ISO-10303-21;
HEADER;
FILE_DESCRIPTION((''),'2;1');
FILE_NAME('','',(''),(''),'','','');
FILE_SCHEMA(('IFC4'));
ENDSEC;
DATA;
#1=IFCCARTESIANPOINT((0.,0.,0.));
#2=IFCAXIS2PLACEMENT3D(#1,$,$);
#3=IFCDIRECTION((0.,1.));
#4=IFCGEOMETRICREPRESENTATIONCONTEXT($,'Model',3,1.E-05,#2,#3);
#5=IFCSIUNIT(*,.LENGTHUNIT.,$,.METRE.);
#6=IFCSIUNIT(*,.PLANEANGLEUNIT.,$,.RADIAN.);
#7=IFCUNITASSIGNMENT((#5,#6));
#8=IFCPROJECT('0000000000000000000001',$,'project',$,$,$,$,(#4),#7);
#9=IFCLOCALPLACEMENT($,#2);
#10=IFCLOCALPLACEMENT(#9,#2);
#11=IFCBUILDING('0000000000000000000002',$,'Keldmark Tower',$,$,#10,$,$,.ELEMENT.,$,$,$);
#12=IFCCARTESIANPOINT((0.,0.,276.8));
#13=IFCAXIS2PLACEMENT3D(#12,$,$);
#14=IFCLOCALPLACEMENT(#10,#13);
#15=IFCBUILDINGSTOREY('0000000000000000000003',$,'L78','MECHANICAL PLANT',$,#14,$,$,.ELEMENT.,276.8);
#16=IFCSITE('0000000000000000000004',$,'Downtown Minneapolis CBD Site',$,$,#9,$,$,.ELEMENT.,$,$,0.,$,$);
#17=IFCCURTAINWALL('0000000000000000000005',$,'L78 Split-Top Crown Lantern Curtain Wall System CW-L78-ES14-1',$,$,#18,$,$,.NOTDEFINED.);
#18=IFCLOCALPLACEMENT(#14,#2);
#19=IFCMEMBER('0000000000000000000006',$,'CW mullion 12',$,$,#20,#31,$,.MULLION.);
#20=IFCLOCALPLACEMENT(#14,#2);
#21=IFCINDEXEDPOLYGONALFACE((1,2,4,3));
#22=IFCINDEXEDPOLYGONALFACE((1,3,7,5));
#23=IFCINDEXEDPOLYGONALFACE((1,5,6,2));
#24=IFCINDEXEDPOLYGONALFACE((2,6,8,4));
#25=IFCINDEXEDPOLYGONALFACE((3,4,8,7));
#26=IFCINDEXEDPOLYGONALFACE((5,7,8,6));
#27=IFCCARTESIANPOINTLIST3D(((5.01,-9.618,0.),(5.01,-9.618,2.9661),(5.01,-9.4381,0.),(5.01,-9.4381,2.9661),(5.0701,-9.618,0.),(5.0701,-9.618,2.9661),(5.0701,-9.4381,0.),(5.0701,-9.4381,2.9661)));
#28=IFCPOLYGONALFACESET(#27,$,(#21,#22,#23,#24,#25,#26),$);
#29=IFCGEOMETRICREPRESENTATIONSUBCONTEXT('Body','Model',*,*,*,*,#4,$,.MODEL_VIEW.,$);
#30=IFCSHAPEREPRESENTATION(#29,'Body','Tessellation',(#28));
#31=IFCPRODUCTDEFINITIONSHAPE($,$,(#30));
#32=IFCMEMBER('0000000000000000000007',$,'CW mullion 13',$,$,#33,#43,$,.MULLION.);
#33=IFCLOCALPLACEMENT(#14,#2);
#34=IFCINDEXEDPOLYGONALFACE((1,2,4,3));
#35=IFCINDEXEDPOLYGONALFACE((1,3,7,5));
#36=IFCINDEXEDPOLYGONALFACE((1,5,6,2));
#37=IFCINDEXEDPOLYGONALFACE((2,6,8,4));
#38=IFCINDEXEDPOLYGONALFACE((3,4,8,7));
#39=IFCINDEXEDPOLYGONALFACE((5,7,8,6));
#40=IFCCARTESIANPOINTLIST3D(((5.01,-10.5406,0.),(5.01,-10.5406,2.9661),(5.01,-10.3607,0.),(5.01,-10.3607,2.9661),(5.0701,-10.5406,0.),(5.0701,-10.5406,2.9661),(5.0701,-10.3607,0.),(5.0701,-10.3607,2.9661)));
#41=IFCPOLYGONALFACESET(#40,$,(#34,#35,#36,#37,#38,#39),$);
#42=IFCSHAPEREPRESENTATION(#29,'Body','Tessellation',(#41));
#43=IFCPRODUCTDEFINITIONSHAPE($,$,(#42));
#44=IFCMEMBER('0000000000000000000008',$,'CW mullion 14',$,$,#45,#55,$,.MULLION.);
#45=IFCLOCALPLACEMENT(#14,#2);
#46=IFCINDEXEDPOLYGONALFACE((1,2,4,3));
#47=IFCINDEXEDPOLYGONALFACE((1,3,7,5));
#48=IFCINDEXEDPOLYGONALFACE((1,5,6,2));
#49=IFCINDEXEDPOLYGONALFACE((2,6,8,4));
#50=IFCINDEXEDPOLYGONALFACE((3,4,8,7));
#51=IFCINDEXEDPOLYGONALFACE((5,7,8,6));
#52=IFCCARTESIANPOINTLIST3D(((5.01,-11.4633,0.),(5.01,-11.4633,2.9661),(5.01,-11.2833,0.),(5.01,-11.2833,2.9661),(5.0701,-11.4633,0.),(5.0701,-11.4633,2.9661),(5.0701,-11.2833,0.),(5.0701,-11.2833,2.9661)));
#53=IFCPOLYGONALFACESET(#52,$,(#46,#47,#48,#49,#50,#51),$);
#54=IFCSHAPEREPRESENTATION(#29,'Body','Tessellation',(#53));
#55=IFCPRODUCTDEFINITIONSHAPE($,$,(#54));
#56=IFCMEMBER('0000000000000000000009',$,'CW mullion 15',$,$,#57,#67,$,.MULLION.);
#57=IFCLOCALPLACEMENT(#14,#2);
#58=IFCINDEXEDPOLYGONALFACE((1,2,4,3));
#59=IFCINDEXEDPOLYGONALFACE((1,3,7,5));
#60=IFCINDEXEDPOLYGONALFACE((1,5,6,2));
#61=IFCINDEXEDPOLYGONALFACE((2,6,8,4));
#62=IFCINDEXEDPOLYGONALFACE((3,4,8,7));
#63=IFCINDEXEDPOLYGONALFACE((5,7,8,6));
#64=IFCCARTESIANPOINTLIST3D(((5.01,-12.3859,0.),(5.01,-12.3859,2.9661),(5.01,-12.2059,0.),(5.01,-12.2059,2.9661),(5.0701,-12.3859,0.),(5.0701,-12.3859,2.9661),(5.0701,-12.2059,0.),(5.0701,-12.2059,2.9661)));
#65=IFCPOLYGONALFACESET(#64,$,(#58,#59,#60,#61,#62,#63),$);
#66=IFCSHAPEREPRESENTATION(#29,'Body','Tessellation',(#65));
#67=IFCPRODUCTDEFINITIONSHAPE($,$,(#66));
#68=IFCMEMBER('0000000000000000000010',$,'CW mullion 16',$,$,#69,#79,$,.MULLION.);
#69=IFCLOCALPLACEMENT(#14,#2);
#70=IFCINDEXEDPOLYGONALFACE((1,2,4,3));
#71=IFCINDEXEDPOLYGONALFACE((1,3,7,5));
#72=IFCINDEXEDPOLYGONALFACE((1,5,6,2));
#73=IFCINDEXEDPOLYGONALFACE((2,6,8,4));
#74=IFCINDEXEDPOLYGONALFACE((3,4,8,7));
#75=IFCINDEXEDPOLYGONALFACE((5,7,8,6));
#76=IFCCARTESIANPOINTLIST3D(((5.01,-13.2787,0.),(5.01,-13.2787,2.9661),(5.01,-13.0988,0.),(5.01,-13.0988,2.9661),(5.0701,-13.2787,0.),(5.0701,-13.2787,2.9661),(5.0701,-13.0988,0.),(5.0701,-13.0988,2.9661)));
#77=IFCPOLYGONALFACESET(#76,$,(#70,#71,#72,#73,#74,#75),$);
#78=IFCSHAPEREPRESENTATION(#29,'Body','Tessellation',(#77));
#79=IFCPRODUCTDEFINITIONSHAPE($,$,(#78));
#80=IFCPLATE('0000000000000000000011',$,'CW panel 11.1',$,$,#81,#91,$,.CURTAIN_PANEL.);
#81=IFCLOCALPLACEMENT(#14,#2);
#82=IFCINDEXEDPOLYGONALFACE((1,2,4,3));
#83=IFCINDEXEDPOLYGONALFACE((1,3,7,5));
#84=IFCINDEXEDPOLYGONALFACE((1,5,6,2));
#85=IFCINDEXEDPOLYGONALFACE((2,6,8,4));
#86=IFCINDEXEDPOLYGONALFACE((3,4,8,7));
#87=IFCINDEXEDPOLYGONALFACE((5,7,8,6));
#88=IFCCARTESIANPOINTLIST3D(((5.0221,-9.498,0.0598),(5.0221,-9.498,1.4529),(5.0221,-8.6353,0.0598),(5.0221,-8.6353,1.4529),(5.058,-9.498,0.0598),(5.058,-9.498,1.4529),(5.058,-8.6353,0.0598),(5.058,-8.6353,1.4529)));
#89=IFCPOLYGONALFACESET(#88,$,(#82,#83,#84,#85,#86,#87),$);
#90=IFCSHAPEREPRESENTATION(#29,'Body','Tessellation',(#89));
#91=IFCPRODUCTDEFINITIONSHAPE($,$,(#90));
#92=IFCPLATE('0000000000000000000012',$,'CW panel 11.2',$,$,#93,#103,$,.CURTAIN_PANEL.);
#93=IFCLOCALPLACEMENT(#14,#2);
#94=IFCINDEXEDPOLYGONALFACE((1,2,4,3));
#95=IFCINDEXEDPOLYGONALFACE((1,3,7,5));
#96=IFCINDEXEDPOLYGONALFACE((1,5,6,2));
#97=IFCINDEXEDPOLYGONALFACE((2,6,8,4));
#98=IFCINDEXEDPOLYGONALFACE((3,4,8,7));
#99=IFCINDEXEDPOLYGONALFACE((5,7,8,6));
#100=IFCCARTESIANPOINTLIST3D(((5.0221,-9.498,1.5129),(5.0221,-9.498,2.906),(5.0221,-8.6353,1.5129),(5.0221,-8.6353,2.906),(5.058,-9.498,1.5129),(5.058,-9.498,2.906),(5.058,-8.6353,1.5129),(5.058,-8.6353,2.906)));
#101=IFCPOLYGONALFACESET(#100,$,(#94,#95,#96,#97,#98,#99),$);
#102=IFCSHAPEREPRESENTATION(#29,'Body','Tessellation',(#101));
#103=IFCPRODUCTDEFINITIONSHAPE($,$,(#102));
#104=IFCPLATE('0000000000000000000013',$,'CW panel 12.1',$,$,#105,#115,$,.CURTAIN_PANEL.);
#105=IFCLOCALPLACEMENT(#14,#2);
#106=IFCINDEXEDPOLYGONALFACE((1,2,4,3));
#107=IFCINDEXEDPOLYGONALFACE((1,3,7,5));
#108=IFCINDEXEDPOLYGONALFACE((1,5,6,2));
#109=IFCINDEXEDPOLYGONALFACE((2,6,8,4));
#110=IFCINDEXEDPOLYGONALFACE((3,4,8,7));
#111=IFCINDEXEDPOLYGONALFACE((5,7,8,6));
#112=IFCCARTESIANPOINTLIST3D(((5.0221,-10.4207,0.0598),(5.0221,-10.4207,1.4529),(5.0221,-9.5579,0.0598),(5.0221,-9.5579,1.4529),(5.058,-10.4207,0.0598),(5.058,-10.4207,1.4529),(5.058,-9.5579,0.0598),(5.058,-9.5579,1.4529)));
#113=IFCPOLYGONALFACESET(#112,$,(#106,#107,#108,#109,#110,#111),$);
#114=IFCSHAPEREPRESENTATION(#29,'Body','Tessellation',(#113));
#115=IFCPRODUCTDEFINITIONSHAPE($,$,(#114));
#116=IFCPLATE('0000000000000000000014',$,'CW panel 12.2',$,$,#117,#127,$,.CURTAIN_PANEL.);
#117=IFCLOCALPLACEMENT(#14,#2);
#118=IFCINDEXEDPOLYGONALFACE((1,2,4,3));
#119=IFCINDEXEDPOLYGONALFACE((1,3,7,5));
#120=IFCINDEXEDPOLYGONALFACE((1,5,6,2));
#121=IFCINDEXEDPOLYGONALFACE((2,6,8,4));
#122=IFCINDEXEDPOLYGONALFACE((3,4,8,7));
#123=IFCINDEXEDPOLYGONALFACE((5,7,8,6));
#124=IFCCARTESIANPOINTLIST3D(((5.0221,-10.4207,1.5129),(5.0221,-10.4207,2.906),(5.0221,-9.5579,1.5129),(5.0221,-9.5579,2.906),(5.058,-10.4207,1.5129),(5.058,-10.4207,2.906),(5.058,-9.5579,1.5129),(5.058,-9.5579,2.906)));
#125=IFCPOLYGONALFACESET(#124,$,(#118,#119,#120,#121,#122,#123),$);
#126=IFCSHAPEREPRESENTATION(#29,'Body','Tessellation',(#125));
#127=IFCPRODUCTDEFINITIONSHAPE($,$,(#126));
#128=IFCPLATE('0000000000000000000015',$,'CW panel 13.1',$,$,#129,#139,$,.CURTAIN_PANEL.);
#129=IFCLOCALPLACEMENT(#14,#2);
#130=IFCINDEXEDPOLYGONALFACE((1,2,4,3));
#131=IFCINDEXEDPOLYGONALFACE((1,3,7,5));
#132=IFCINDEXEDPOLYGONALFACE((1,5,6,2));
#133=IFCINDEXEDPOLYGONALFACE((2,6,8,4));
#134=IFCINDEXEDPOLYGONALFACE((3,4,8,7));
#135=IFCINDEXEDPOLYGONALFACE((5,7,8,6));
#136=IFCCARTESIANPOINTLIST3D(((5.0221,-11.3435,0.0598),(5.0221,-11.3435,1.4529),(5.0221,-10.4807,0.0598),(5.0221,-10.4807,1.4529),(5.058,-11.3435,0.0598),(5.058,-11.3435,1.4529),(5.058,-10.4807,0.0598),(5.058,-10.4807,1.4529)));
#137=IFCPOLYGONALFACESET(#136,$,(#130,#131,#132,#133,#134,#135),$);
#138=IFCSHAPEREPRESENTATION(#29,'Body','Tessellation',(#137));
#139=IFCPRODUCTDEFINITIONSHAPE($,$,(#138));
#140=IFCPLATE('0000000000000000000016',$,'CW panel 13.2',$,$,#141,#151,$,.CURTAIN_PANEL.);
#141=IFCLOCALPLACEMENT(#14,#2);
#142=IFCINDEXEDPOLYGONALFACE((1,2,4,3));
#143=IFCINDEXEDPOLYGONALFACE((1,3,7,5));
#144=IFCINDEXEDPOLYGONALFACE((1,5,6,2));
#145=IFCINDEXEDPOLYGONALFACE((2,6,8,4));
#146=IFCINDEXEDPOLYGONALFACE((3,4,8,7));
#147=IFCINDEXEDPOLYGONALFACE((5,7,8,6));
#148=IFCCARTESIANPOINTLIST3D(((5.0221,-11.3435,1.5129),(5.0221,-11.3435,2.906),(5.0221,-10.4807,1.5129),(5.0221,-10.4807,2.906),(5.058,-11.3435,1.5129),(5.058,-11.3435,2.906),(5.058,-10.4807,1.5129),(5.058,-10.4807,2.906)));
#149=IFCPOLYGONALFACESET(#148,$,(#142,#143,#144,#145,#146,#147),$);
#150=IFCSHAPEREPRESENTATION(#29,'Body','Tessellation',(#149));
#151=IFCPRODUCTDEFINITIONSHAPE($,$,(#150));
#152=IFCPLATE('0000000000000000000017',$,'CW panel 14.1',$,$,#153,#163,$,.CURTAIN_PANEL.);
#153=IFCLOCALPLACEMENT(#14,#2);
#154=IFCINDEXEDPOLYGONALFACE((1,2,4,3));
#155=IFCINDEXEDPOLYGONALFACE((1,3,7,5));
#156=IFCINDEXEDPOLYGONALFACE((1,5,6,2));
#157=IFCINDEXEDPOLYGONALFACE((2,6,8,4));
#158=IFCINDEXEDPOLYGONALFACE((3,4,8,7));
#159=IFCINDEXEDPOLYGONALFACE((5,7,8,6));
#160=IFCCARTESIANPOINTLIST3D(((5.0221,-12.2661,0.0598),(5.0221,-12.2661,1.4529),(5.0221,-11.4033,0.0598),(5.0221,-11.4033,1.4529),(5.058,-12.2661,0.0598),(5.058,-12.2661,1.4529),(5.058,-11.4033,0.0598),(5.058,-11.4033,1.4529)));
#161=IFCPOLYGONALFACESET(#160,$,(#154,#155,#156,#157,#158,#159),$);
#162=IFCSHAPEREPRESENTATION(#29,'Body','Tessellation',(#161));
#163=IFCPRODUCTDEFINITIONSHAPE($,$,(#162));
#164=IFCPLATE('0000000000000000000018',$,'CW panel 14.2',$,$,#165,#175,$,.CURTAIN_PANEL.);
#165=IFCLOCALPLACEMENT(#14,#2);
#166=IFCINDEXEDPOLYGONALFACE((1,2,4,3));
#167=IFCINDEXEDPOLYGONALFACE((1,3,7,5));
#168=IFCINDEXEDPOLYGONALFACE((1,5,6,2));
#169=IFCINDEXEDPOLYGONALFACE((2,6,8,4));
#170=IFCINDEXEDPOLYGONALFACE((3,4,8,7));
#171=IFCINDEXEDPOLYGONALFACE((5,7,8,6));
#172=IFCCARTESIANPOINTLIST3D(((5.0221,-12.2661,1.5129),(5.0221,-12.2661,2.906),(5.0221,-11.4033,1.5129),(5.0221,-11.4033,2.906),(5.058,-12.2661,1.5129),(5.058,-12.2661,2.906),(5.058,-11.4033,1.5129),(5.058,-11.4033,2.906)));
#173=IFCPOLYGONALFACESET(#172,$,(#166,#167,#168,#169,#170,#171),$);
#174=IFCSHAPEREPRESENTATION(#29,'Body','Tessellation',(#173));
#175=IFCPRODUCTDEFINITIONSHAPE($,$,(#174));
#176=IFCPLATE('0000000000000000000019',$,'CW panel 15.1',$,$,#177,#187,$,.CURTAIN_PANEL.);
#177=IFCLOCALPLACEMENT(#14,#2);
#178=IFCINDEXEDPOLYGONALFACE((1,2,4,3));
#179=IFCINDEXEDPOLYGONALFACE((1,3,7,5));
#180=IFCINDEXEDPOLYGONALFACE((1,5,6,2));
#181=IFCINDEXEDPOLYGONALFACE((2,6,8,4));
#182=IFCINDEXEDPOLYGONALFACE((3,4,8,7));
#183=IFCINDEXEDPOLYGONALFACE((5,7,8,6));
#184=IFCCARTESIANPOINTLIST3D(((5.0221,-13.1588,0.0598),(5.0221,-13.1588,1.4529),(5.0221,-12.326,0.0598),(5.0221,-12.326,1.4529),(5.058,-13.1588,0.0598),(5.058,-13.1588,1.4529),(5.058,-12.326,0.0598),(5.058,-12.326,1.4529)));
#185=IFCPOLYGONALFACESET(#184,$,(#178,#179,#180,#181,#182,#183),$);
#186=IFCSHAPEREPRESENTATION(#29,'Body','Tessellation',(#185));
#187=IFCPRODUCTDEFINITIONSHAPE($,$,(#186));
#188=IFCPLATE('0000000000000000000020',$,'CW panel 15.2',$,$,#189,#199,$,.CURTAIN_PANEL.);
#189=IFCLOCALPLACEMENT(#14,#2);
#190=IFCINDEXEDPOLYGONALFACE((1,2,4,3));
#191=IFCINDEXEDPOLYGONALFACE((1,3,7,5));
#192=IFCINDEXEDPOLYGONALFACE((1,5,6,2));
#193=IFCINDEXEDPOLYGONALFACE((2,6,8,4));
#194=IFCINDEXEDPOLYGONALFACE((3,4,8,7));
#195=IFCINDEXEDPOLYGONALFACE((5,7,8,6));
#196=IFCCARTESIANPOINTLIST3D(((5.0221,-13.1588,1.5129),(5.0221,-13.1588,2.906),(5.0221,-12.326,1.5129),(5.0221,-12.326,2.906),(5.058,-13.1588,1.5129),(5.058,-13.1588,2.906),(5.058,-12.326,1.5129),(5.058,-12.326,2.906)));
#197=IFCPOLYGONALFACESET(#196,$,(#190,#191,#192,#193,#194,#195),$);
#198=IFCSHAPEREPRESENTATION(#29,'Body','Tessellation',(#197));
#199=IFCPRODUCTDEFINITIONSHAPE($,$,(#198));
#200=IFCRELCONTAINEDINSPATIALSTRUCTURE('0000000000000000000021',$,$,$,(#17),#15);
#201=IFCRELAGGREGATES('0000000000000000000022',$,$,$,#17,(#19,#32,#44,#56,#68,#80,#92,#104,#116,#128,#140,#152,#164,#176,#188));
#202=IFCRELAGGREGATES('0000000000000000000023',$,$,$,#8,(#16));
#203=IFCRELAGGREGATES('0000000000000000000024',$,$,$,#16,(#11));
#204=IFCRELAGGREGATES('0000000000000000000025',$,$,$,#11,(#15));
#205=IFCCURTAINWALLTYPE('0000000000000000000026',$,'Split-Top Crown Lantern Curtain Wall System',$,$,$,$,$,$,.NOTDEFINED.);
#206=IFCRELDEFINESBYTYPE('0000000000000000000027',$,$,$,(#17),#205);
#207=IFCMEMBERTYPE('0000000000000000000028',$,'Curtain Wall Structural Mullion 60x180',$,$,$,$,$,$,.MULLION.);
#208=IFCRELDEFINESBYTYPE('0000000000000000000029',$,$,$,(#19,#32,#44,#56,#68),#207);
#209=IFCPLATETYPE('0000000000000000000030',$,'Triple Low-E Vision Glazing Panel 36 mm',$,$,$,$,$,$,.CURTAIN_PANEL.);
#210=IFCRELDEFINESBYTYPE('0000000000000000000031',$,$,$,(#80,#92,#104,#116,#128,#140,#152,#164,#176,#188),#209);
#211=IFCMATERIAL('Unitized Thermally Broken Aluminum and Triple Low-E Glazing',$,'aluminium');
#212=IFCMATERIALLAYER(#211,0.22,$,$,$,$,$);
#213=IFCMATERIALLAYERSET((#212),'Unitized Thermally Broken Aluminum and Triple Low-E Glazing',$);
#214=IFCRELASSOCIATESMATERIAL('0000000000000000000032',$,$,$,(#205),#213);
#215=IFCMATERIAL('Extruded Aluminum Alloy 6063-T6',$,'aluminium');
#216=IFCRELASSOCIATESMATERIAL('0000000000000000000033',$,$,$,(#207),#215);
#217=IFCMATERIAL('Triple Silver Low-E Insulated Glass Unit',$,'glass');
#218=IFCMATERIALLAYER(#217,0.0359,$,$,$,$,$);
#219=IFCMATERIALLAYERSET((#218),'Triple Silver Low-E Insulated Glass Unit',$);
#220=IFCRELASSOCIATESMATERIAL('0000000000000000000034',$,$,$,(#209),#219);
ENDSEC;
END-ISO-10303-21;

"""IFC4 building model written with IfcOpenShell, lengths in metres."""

from ifc_helpers import new_model, si_unit, direction, frame, origin, origin_2d, place, context, subcontext, project, spatial, rectangle, extrude, material, layer, layer_set, material_profile, profile_set, type_object, element, aggregate, save


model = new_model("IFC4")

# Units and contexts
model_context = context("Model", 3, precision=1e-05, world=origin(), true_north=direction((0.0, 1.0)))
body_context = subcontext(model_context, "Body", "Model", "MODEL_VIEW")
ifc_project = project(units=[si_unit("LENGTHUNIT", "METRE"), si_unit("PLANEANGLEUNIT", "RADIAN")], contexts=[model_context])

# Site, building, storey
site_placement = place(None, origin())
site = spatial("IfcSite", under=ifc_project, at=site_placement, Name="Downtown Minneapolis CBD Site", CompositionType="ELEMENT", RefElevation=0.0)
building_placement = place(site_placement, origin())
building = spatial("IfcBuilding", under=site, at=building_placement, Name="Keldmark Tower", CompositionType="ELEMENT")
storey_placement = place(building_placement, frame((0.0, 0.0, 276.8)))
storey = spatial("IfcBuildingStorey", under=building, at=storey_placement, Name="L78", Description="MECHANICAL PLANT", CompositionType="ELEMENT", Elevation=276.8)

# Curtain wall, members, plates
ifc_material_1 = material(Name="Unitized Thermally Broken Aluminum and Triple Low-E Glazing", Category="aluminium")
ifc_layer_1 = layer(ifc_material_1, 0.22)
ifc_layer_set_1 = layer_set([ifc_layer_1], Name="Unitized Thermally Broken Aluminum and Triple Low-E Glazing")
curtain_wall_type = type_object("IfcCurtainWallType", Name="Split-Top Crown Lantern Curtain Wall System", PredefinedType="NOTDEFINED", material=ifc_layer_set_1)
curtain_wall_placement = place(storey_placement, origin())
curtain_wall = element("IfcCurtainWall", 1, at=curtain_wall_placement, inside=storey, type_object=curtain_wall_type, Name="L78 Split-Top Crown Lantern Curtain Wall System CW-L78-ES14-1", PredefinedType="NOTDEFINED")
ifc_material_2 = material(Name="Extruded Aluminum Alloy 6063-T6", Category="aluminium")
ifc_material_profile_1 = material_profile(ifc_material_2, rectangle(XDim=0.0601, YDim=0.1799, at=origin_2d()), Name="CWM60X180")
ifc_profile_set_1 = profile_set([ifc_material_profile_1], Name="Extruded Aluminum Alloy 6063-T6")
member_type_1 = type_object("IfcMemberType", Name="Curtain Wall Structural Mullion 60x180", PredefinedType="MULLION", material=ifc_profile_set_1)
member_1_placement = place(storey_placement, frame((5.04, -9.5281, 0.0), z_axis=(0.0, 0.0, 1.0), x_axis=(1.0, 0.0, 0.0)))
member_1 = element("IfcMember", 2, at=member_1_placement, type_object=member_type_1, Name="CW mullion 12", PredefinedType="MULLION", context=body_context, shape_type="SweptSolid", body=[
    extrude(rectangle(XDim=0.0601, YDim=0.1799, at=origin_2d()), origin(), (0.0, 0.0, 1.0), 2.9661),
])
member_2_placement = place(storey_placement, frame((5.04, -10.4507, 0.0), z_axis=(0.0, 0.0, 1.0), x_axis=(1.0, 0.0, 0.0)))
member_2 = element("IfcMember", 3, at=member_2_placement, type_object=member_type_1, Name="CW mullion 13", PredefinedType="MULLION", context=body_context, shape_type="SweptSolid", body=[
    extrude(rectangle(XDim=0.0601, YDim=0.1799, at=origin_2d()), origin(), (0.0, 0.0, 1.0), 2.9661),
])
member_3_placement = place(storey_placement, frame((5.04, -11.3733, 0.0), z_axis=(0.0, 0.0, 1.0), x_axis=(1.0, 0.0, 0.0)))
member_3 = element("IfcMember", 4, at=member_3_placement, type_object=member_type_1, Name="CW mullion 14", PredefinedType="MULLION", context=body_context, shape_type="SweptSolid", body=[
    extrude(rectangle(XDim=0.0601, YDim=0.1799, at=origin_2d()), origin(), (0.0, 0.0, 1.0), 2.9661),
])
member_4_placement = place(storey_placement, frame((5.04, -12.2959, 0.0), z_axis=(0.0, 0.0, 1.0), x_axis=(1.0, 0.0, 0.0)))
member_4 = element("IfcMember", 5, at=member_4_placement, type_object=member_type_1, Name="CW mullion 15", PredefinedType="MULLION", context=body_context, shape_type="SweptSolid", body=[
    extrude(rectangle(XDim=0.0601, YDim=0.1799, at=origin_2d()), origin(), (0.0, 0.0, 1.0), 2.9661),
])
member_5_placement = place(storey_placement, frame((5.04, -13.1887, 0.0), z_axis=(0.0, 0.0, 1.0), x_axis=(1.0, 0.0, 0.0)))
member_5 = element("IfcMember", 6, at=member_5_placement, type_object=member_type_1, Name="CW mullion 16", PredefinedType="MULLION", context=body_context, shape_type="SweptSolid", body=[
    extrude(rectangle(XDim=0.0601, YDim=0.1799, at=origin_2d()), origin(), (0.0, 0.0, 1.0), 2.9661),
])
ifc_material_3 = material(Name="Triple Silver Low-E Insulated Glass Unit", Category="glass")
ifc_layer_2 = layer(ifc_material_3, 0.0359)
ifc_layer_set_2 = layer_set([ifc_layer_2], Name="Triple Silver Low-E Insulated Glass Unit")
plate_type = type_object("IfcPlateType", Name="Triple Low-E Vision Glazing Panel 36 mm", PredefinedType="CURTAIN_PANEL", material=ifc_layer_set_2)
plate_1_placement = place(storey_placement, frame((5.04, -9.0667, 0.0598), z_axis=(0.0, 0.0, 1.0), x_axis=(0.0, -1.0, 0.0)))
plate_1 = element("IfcPlate", 7, at=plate_1_placement, type_object=plate_type, Name="CW panel 11.1", PredefinedType="CURTAIN_PANEL", context=body_context, shape_type="SweptSolid", body=[
    extrude(rectangle(XDim=0.8628, YDim=0.0359, at=origin_2d()), origin(), (0.0, 0.0, 1.0), 1.3931),
])
plate_2_placement = place(storey_placement, frame((5.04, -9.0667, 1.5129), z_axis=(0.0, 0.0, 1.0), x_axis=(0.0, -1.0, 0.0)))
plate_2 = element("IfcPlate", 8, at=plate_2_placement, type_object=plate_type, Name="CW panel 11.2", PredefinedType="CURTAIN_PANEL", context=body_context, shape_type="SweptSolid", body=[
    extrude(rectangle(XDim=0.8628, YDim=0.0359, at=origin_2d()), origin(), (0.0, 0.0, 1.0), 1.3931),
])
plate_3_placement = place(storey_placement, frame((5.04, -9.9893, 0.0598), z_axis=(0.0, 0.0, 1.0), x_axis=(0.0, -1.0, 0.0)))
plate_3 = element("IfcPlate", 9, at=plate_3_placement, type_object=plate_type, Name="CW panel 12.1", PredefinedType="CURTAIN_PANEL", context=body_context, shape_type="SweptSolid", body=[
    extrude(rectangle(XDim=0.8628, YDim=0.0359, at=origin_2d()), origin(), (0.0, 0.0, 1.0), 1.3931),
])
plate_4_placement = place(storey_placement, frame((5.04, -9.9893, 1.5129), z_axis=(0.0, 0.0, 1.0), x_axis=(0.0, -1.0, 0.0)))
plate_4 = element("IfcPlate", 10, at=plate_4_placement, type_object=plate_type, Name="CW panel 12.2", PredefinedType="CURTAIN_PANEL", context=body_context, shape_type="SweptSolid", body=[
    extrude(rectangle(XDim=0.8628, YDim=0.0359, at=origin_2d()), origin(), (0.0, 0.0, 1.0), 1.3931),
])
plate_5_placement = place(storey_placement, frame((5.04, -10.9121, 0.0598), z_axis=(0.0, 0.0, 1.0), x_axis=(0.0, -1.0, 0.0)))
plate_5 = element("IfcPlate", 11, at=plate_5_placement, type_object=plate_type, Name="CW panel 13.1", PredefinedType="CURTAIN_PANEL", context=body_context, shape_type="SweptSolid", body=[
    extrude(rectangle(XDim=0.8628, YDim=0.0359, at=origin_2d()), origin(), (0.0, 0.0, 1.0), 1.3931),
])
plate_6_placement = place(storey_placement, frame((5.04, -10.9121, 1.5129), z_axis=(0.0, 0.0, 1.0), x_axis=(0.0, -1.0, 0.0)))
plate_6 = element("IfcPlate", 12, at=plate_6_placement, type_object=plate_type, Name="CW panel 13.2", PredefinedType="CURTAIN_PANEL", context=body_context, shape_type="SweptSolid", body=[
    extrude(rectangle(XDim=0.8628, YDim=0.0359, at=origin_2d()), origin(), (0.0, 0.0, 1.0), 1.3931),
])
plate_7_placement = place(storey_placement, frame((5.04, -11.8347, 0.0598), z_axis=(0.0, 0.0, 1.0), x_axis=(0.0, -1.0, 0.0)))
plate_7 = element("IfcPlate", 13, at=plate_7_placement, type_object=plate_type, Name="CW panel 14.1", PredefinedType="CURTAIN_PANEL", context=body_context, shape_type="SweptSolid", body=[
    extrude(rectangle(XDim=0.8628, YDim=0.0359, at=origin_2d()), origin(), (0.0, 0.0, 1.0), 1.3931),
])
plate_8_placement = place(storey_placement, frame((5.04, -11.8347, 1.5129), z_axis=(0.0, 0.0, 1.0), x_axis=(0.0, -1.0, 0.0)))
plate_8 = element("IfcPlate", 14, at=plate_8_placement, type_object=plate_type, Name="CW panel 14.2", PredefinedType="CURTAIN_PANEL", context=body_context, shape_type="SweptSolid", body=[
    extrude(rectangle(XDim=0.8628, YDim=0.0359, at=origin_2d()), origin(), (0.0, 0.0, 1.0), 1.3931),
])
plate_9_placement = place(storey_placement, frame((5.04, -12.7424, 0.0598), z_axis=(0.0, 0.0, 1.0), x_axis=(0.0, -1.0, 0.0)))
plate_9 = element("IfcPlate", 15, at=plate_9_placement, type_object=plate_type, Name="CW panel 15.1", PredefinedType="CURTAIN_PANEL", context=body_context, shape_type="SweptSolid", body=[
    extrude(rectangle(XDim=0.8328, YDim=0.0359, at=origin_2d()), origin(), (0.0, 0.0, 1.0), 1.3931),
])
plate_10_placement = place(storey_placement, frame((5.04, -12.7424, 1.5129), z_axis=(0.0, 0.0, 1.0), x_axis=(0.0, -1.0, 0.0)))
plate_10 = element("IfcPlate", 16, at=plate_10_placement, type_object=plate_type, Name="CW panel 15.2", PredefinedType="CURTAIN_PANEL", context=body_context, shape_type="SweptSolid", body=[
    extrude(rectangle(XDim=0.8328, YDim=0.0359, at=origin_2d()), origin(), (0.0, 0.0, 1.0), 1.3931),
])
aggregate(curtain_wall, [member_1, member_2, member_3, member_4, member_5, plate_1, plate_2, plate_3, plate_4, plate_5, plate_6, plate_7, plate_8, plate_9, plate_10])

save(model, "model.ifc")
